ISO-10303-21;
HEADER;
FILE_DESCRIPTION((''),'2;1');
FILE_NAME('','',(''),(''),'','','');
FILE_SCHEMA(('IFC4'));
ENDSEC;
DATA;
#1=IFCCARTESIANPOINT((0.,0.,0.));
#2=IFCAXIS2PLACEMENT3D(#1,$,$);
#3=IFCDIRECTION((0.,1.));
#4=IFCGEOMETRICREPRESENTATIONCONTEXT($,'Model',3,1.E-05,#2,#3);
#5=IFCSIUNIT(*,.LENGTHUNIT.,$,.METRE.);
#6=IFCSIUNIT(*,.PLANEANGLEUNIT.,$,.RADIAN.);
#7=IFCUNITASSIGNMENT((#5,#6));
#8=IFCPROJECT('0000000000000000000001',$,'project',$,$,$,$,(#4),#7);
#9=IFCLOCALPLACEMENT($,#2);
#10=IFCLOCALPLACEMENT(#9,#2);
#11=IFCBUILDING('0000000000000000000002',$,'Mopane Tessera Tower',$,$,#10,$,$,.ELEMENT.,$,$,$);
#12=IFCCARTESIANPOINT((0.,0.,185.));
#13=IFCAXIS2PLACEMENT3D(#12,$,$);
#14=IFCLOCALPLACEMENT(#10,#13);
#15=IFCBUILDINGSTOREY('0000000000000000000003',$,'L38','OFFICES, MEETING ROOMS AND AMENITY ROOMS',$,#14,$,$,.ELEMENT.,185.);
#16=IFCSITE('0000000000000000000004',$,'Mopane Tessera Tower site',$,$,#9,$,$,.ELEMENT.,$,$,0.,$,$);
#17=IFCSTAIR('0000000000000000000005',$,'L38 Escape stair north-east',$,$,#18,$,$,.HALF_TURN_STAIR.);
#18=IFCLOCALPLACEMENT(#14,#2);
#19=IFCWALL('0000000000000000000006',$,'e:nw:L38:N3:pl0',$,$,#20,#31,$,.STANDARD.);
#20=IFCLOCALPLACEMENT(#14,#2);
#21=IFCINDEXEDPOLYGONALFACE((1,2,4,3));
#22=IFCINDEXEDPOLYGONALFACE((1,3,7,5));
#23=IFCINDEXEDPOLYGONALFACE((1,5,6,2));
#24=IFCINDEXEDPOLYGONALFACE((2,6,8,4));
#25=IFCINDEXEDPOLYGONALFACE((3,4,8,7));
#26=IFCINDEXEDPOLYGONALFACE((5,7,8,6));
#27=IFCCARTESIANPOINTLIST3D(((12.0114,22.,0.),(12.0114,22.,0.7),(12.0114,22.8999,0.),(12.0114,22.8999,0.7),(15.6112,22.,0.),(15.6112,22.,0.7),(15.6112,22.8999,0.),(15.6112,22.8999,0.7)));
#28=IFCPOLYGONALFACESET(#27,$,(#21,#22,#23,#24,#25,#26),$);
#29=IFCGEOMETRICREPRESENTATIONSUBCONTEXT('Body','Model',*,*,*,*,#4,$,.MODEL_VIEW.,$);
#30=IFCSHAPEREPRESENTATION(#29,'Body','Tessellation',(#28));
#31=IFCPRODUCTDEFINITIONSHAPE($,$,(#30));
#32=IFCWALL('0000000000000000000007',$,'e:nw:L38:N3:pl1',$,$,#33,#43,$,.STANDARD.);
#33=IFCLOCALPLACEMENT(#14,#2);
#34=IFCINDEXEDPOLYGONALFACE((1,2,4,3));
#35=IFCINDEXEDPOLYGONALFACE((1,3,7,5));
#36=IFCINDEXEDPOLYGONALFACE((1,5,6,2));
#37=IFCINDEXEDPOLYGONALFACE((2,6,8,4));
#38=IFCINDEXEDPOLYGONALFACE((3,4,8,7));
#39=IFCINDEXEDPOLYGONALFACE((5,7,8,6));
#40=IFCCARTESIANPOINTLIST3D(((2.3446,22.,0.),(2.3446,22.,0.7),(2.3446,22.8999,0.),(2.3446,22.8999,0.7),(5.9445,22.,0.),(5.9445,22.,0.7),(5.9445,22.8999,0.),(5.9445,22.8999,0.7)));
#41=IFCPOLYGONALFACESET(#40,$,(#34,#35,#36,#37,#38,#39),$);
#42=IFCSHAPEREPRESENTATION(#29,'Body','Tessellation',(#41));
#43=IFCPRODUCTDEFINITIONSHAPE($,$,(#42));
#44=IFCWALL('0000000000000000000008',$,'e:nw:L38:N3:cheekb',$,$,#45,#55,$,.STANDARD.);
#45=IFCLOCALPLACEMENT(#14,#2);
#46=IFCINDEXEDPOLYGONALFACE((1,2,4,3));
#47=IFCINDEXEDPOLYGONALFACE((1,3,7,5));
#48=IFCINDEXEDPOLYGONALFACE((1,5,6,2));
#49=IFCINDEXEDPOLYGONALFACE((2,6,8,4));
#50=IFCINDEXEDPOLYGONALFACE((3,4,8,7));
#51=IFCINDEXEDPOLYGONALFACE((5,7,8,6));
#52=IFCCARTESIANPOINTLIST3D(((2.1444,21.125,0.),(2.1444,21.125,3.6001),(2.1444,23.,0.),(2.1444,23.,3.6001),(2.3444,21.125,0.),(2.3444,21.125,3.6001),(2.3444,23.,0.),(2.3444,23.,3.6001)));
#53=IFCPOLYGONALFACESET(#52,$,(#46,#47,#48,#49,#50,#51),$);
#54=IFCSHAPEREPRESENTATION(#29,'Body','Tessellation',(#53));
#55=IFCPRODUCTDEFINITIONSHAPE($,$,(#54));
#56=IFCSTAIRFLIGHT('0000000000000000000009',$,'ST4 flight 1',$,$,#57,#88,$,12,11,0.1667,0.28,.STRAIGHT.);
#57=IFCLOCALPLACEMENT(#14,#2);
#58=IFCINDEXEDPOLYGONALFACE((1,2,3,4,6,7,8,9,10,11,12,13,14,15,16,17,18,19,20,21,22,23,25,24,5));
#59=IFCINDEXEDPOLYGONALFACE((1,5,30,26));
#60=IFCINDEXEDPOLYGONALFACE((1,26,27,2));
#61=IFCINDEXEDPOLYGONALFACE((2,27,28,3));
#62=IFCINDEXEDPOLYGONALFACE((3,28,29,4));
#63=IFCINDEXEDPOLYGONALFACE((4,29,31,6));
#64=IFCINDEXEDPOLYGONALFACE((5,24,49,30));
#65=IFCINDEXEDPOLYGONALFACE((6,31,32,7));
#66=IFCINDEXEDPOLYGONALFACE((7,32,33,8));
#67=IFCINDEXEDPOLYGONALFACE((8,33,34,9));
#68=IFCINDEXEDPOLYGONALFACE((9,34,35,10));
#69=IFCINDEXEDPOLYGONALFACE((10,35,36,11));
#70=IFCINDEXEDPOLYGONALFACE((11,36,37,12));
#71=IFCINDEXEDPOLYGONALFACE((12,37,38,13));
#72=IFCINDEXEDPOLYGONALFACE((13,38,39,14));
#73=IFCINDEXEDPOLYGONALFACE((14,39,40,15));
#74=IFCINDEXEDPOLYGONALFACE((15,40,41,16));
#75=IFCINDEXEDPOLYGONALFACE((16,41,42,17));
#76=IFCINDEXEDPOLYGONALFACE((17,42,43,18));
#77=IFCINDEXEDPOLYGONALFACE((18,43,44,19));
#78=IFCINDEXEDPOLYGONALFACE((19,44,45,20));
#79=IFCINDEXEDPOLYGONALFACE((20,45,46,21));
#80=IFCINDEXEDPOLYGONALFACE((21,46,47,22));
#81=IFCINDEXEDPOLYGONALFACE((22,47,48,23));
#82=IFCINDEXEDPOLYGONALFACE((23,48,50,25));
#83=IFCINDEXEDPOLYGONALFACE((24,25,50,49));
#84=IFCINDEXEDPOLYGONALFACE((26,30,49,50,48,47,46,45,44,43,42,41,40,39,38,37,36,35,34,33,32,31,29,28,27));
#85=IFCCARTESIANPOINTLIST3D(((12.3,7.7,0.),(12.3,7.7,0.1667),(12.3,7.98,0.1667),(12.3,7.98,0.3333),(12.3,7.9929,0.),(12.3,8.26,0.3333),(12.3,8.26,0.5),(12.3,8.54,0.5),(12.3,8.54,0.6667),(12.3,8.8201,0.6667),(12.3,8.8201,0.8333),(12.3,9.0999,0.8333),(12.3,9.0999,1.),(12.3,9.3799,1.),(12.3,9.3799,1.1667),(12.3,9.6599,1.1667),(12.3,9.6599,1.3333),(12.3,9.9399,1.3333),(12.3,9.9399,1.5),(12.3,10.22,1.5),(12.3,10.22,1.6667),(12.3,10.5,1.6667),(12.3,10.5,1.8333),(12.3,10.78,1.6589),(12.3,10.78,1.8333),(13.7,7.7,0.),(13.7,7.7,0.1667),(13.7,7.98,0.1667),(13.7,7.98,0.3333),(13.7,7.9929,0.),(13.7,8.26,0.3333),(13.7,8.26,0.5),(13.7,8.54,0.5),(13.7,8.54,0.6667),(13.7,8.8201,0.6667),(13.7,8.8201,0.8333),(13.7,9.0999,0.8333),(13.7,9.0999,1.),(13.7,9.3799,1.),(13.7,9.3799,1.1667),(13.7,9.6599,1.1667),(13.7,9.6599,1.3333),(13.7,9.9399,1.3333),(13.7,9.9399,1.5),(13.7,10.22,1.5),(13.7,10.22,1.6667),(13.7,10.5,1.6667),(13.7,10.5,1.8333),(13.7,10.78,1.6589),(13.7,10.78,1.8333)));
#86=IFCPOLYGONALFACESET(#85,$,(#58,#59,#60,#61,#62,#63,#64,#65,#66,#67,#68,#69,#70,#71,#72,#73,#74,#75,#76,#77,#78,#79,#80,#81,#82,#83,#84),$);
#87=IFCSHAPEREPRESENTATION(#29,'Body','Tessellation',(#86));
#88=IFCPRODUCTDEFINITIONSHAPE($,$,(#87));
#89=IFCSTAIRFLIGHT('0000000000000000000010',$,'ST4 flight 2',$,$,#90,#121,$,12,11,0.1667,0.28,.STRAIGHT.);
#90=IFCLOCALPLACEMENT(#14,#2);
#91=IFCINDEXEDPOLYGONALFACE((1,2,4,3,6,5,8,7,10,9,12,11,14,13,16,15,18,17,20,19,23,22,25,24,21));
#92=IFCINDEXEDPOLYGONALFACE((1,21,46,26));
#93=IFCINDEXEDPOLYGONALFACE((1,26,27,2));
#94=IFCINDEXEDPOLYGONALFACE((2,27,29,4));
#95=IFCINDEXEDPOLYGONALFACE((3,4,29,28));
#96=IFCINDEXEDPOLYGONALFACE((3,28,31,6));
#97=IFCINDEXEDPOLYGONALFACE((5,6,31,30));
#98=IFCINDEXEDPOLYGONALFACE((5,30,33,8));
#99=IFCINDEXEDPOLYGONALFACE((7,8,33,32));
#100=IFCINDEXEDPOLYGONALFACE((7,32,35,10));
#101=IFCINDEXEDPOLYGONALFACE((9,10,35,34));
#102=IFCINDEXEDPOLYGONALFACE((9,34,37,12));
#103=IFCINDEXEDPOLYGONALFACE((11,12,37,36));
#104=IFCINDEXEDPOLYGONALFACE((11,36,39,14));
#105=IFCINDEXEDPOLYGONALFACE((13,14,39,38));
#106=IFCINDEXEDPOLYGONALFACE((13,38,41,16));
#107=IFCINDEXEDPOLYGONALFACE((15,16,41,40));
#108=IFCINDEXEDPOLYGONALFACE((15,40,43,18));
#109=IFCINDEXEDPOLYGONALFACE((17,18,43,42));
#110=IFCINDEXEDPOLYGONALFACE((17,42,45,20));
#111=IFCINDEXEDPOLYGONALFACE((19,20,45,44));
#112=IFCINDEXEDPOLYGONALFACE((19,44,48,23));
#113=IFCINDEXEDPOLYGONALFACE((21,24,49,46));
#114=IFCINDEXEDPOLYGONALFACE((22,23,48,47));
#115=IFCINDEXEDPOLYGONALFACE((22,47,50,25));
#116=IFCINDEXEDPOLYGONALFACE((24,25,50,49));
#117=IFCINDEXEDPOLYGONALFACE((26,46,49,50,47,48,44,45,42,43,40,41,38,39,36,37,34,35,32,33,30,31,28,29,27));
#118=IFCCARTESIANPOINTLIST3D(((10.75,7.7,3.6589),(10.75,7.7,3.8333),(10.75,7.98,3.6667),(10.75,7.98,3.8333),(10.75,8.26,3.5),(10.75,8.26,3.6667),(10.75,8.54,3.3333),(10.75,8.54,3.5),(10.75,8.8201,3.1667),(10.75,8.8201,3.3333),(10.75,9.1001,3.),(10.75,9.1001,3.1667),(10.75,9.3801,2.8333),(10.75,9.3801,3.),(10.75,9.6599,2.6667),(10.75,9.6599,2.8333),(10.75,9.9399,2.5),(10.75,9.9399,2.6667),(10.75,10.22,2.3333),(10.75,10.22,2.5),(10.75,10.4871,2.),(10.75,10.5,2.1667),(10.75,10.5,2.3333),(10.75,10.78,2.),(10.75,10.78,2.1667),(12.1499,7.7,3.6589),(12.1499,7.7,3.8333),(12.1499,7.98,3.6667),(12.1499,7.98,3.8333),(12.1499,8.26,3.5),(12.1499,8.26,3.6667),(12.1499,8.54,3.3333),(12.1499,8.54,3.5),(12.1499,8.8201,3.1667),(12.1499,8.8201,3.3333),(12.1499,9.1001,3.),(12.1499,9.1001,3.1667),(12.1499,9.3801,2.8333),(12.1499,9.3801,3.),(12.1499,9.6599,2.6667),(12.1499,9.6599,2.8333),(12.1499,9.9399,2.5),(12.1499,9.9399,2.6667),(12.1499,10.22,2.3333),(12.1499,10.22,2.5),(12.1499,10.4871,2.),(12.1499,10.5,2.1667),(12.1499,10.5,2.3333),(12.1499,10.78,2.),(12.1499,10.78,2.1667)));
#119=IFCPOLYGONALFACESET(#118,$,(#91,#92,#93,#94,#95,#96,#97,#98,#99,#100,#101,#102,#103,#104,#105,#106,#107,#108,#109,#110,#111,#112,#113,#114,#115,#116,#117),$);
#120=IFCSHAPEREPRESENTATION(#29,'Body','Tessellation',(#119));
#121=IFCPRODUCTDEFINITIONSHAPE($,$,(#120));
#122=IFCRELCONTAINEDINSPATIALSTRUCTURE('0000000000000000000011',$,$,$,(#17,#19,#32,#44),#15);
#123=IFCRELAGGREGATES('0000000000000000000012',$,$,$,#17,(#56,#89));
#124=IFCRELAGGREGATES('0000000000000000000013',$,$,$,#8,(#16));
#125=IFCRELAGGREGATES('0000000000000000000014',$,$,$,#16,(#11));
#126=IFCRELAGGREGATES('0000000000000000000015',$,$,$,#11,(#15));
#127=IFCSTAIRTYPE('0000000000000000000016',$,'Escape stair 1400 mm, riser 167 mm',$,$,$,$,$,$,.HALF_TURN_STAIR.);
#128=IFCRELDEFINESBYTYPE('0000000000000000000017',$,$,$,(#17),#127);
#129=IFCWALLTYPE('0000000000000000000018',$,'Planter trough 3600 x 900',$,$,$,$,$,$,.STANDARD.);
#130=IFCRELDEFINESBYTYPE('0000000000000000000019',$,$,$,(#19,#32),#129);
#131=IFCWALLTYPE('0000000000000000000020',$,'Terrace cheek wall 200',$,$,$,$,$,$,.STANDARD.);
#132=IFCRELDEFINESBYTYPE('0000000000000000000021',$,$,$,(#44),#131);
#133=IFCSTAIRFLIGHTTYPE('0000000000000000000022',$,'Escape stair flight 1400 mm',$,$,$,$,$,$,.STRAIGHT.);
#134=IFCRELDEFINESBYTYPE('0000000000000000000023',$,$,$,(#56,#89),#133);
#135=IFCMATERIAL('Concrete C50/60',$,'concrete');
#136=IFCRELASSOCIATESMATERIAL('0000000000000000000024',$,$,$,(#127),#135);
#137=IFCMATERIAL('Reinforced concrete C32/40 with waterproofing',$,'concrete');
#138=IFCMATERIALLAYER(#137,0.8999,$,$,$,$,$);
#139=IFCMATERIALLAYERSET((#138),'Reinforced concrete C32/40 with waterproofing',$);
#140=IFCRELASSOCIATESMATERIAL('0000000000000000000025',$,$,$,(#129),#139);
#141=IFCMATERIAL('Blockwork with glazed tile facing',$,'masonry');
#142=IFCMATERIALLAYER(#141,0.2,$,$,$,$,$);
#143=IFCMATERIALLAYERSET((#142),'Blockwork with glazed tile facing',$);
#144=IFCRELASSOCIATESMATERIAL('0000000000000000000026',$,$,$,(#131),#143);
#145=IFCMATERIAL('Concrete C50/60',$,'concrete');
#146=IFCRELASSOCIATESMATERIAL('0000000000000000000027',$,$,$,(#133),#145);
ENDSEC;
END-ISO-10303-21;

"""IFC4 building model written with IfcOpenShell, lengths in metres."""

from ifc_helpers import new_model, si_unit, direction, frame, frame_2d, origin, place, context, subcontext, project, spatial, polyline, rectangle, outline, extrude, material, layer, layer_set, type_object, element, aggregate, save


model = new_model("IFC4")

# Units and contexts
model_context = context("Model", 3, precision=1e-05, world=origin(), true_north=direction((0.0, 1.0)))
body_context = subcontext(model_context, "Body", "Model", "MODEL_VIEW")
ifc_project = project(units=[si_unit("LENGTHUNIT", "METRE"), si_unit("PLANEANGLEUNIT", "RADIAN")], contexts=[model_context])

# Site, building, storey
site_placement = place(None, origin())
site = spatial("IfcSite", under=ifc_project, at=site_placement, Name="Mopane Tessera Tower site", CompositionType="ELEMENT", RefElevation=0.0)
building_placement = place(site_placement, origin())
building = spatial("IfcBuilding", under=site, at=building_placement, Name="Mopane Tessera Tower", CompositionType="ELEMENT")
storey_placement = place(building_placement, frame((0.0, 0.0, 185.0)))
storey = spatial("IfcBuildingStorey", under=building, at=storey_placement, Name="L38", Description="OFFICES, MEETING ROOMS AND AMENITY ROOMS", CompositionType="ELEMENT", Elevation=185.0)

# Stair
ifc_material_1 = material(Name="Concrete C50/60", Category="concrete")
stair_type = type_object("IfcStairType", Name="Escape stair 1400 mm, riser 167 mm", PredefinedType="HALF_TURN_STAIR", material=ifc_material_1)
stair_1_placement = place(storey_placement, origin())
stair_1 = element("IfcStair", 1, at=stair_1_placement, inside=storey, type_object=stair_type, Name="L38 Escape stair north-east", PredefinedType="HALF_TURN_STAIR")

# Walls
ifc_material_2 = material(Name="Reinforced concrete C32/40 with waterproofing", Category="concrete")
ifc_layer_1 = layer(ifc_material_2, 0.8999)
ifc_layer_set_1 = layer_set([ifc_layer_1], Name="Reinforced concrete C32/40 with waterproofing")
wall_type_1 = type_object("IfcWallType", Name="Planter trough 3600 x 900", PredefinedType="STANDARD", material=ifc_layer_set_1)
for number, where, z_axis, x_axis, name in (
    (2, (15.6111, 22.45, 0.0), (0.0, 0.0, 1.0), (-1.0, 0.0, 0.0), "e:nw:L38:N3:pl0"),
    (3, (5.9443, 22.45, 0.0), (0.0, 0.0, 1.0), (-1.0, 0.0, 0.0), "e:nw:L38:N3:pl1"),
):
    element("IfcWall", number, at=place(storey_placement, frame(where, z_axis=z_axis, x_axis=x_axis)), inside=storey, type_object=wall_type_1, Name=name, PredefinedType="STANDARD", context=body_context, shape_type="SweptSolid", body=[
        extrude(rectangle(XDim=3.5999, YDim=0.8999, at=frame_2d((1.7998, 0.0))), origin(), (0.0, 0.0, 1.0), 0.7),
    ])
ifc_material_3 = material(Name="Blockwork with glazed tile facing", Category="masonry")
ifc_layer_2 = layer(ifc_material_3, 0.2)
ifc_layer_set_2 = layer_set([ifc_layer_2], Name="Blockwork with glazed tile facing")
wall_type_2 = type_object("IfcWallType", Name="Terrace cheek wall 200", PredefinedType="STANDARD", material=ifc_layer_set_2)
wall_1_placement = place(storey_placement, frame((2.2444, 23.0, 0.0), z_axis=(0.0, 0.0, 1.0), x_axis=(0.0, -1.0, 0.0)))
element("IfcWall", 4, at=wall_1_placement, inside=storey, type_object=wall_type_2, Name="e:nw:L38:N3:cheekb", PredefinedType="STANDARD", context=body_context, shape_type="SweptSolid", body=[
    extrude(rectangle(XDim=1.875, YDim=0.2, at=frame_2d((0.9375, 0.0))), origin(), (0.0, 0.0, 1.0), 3.6001),
])

# Stair flights
ifc_material_4 = material(Name="Concrete C50/60", Category="concrete")
stair_flight_type = type_object("IfcStairFlightType", Name="Escape stair flight 1400 mm", PredefinedType="STRAIGHT", material=ifc_material_4)
stair_flight_1_placement = place(storey_placement, frame((13.0, 7.7, 0.0), z_axis=(0.0, 0.0, 1.0), x_axis=(0.0, 1.0, 0.0)))
stair_flight_1 = element("IfcStairFlight", 5, at=stair_flight_1_placement, type_object=stair_flight_type, Name="ST4 flight 1", NumberOfRisers=12, NumberOfTreads=11, PredefinedType="STRAIGHT", RiserHeight=0.1667, TreadLength=0.28, context=body_context, shape_type="SweptSolid", body=[
    extrude(outline(polyline([(0.0, 0.0), (0.0, 0.1667), (0.28, 0.1667), (0.28, 0.3333), (0.5601, 0.3333), (0.5601, 0.5), (0.8401, 0.5), (0.8401, 0.6667), (1.1201, 0.6667), (1.1201, 0.8333), (1.3999, 0.8333), (1.3999, 1.0), (1.6799, 1.0), (1.6799, 1.1667), (1.96, 1.1667), (1.96, 1.3333), (2.24, 1.3333), (2.24, 1.5), (2.52, 1.5), (2.52, 1.6667), (2.8, 1.6667), (2.8, 1.8333), (3.0801, 1.8333), (3.0801, 2.0), (3.0801, 1.6589), (0.293, 0.0), (0.0, 0.0)])), frame((0.0, 0.7, 0.0), z_axis=(0.0, -1.0, 0.0), x_axis=(1.0, 0.0, 0.0)), (0.0, 0.0, 1.0), 1.3999),
])
stair_flight_2_placement = place(storey_placement, frame((11.45, 10.78, 2.0), z_axis=(0.0, 0.0, 1.0), x_axis=(0.0, -1.0, 0.0)))
stair_flight_2 = element("IfcStairFlight", 6, at=stair_flight_2_placement, type_object=stair_flight_type, Name="ST4 flight 2", NumberOfRisers=12, NumberOfTreads=11, PredefinedType="STRAIGHT", RiserHeight=0.1667, TreadLength=0.28, context=body_context, shape_type="SweptSolid", body=[
    extrude(outline(polyline([(0.0, 0.0), (0.0, 0.1667), (0.28, 0.1667), (0.28, 0.3333), (0.5601, 0.3333), (0.5601, 0.5), (0.8401, 0.5), (0.8401, 0.6667), (1.1201, 0.6667), (1.1201, 0.8333), (1.3999, 0.8333), (1.3999, 1.0), (1.6799, 1.0), (1.6799, 1.1667), (1.96, 1.1667), (1.96, 1.3333), (2.24, 1.3333), (2.24, 1.5), (2.52, 1.5), (2.52, 1.6667), (2.8, 1.6667), (2.8, 1.8333), (3.0801, 1.8333), (3.0801, 2.0), (3.0801, 1.6589), (0.293, 0.0), (0.0, 0.0)])), frame((0.0, 0.7, 0.0), z_axis=(0.0, -1.0, 0.0), x_axis=(1.0, 0.0, 0.0)), (0.0, 0.0, 1.0), 1.3999),
])
aggregate(stair_1, [stair_flight_1, stair_flight_2])

save(model, "model.ifc")
